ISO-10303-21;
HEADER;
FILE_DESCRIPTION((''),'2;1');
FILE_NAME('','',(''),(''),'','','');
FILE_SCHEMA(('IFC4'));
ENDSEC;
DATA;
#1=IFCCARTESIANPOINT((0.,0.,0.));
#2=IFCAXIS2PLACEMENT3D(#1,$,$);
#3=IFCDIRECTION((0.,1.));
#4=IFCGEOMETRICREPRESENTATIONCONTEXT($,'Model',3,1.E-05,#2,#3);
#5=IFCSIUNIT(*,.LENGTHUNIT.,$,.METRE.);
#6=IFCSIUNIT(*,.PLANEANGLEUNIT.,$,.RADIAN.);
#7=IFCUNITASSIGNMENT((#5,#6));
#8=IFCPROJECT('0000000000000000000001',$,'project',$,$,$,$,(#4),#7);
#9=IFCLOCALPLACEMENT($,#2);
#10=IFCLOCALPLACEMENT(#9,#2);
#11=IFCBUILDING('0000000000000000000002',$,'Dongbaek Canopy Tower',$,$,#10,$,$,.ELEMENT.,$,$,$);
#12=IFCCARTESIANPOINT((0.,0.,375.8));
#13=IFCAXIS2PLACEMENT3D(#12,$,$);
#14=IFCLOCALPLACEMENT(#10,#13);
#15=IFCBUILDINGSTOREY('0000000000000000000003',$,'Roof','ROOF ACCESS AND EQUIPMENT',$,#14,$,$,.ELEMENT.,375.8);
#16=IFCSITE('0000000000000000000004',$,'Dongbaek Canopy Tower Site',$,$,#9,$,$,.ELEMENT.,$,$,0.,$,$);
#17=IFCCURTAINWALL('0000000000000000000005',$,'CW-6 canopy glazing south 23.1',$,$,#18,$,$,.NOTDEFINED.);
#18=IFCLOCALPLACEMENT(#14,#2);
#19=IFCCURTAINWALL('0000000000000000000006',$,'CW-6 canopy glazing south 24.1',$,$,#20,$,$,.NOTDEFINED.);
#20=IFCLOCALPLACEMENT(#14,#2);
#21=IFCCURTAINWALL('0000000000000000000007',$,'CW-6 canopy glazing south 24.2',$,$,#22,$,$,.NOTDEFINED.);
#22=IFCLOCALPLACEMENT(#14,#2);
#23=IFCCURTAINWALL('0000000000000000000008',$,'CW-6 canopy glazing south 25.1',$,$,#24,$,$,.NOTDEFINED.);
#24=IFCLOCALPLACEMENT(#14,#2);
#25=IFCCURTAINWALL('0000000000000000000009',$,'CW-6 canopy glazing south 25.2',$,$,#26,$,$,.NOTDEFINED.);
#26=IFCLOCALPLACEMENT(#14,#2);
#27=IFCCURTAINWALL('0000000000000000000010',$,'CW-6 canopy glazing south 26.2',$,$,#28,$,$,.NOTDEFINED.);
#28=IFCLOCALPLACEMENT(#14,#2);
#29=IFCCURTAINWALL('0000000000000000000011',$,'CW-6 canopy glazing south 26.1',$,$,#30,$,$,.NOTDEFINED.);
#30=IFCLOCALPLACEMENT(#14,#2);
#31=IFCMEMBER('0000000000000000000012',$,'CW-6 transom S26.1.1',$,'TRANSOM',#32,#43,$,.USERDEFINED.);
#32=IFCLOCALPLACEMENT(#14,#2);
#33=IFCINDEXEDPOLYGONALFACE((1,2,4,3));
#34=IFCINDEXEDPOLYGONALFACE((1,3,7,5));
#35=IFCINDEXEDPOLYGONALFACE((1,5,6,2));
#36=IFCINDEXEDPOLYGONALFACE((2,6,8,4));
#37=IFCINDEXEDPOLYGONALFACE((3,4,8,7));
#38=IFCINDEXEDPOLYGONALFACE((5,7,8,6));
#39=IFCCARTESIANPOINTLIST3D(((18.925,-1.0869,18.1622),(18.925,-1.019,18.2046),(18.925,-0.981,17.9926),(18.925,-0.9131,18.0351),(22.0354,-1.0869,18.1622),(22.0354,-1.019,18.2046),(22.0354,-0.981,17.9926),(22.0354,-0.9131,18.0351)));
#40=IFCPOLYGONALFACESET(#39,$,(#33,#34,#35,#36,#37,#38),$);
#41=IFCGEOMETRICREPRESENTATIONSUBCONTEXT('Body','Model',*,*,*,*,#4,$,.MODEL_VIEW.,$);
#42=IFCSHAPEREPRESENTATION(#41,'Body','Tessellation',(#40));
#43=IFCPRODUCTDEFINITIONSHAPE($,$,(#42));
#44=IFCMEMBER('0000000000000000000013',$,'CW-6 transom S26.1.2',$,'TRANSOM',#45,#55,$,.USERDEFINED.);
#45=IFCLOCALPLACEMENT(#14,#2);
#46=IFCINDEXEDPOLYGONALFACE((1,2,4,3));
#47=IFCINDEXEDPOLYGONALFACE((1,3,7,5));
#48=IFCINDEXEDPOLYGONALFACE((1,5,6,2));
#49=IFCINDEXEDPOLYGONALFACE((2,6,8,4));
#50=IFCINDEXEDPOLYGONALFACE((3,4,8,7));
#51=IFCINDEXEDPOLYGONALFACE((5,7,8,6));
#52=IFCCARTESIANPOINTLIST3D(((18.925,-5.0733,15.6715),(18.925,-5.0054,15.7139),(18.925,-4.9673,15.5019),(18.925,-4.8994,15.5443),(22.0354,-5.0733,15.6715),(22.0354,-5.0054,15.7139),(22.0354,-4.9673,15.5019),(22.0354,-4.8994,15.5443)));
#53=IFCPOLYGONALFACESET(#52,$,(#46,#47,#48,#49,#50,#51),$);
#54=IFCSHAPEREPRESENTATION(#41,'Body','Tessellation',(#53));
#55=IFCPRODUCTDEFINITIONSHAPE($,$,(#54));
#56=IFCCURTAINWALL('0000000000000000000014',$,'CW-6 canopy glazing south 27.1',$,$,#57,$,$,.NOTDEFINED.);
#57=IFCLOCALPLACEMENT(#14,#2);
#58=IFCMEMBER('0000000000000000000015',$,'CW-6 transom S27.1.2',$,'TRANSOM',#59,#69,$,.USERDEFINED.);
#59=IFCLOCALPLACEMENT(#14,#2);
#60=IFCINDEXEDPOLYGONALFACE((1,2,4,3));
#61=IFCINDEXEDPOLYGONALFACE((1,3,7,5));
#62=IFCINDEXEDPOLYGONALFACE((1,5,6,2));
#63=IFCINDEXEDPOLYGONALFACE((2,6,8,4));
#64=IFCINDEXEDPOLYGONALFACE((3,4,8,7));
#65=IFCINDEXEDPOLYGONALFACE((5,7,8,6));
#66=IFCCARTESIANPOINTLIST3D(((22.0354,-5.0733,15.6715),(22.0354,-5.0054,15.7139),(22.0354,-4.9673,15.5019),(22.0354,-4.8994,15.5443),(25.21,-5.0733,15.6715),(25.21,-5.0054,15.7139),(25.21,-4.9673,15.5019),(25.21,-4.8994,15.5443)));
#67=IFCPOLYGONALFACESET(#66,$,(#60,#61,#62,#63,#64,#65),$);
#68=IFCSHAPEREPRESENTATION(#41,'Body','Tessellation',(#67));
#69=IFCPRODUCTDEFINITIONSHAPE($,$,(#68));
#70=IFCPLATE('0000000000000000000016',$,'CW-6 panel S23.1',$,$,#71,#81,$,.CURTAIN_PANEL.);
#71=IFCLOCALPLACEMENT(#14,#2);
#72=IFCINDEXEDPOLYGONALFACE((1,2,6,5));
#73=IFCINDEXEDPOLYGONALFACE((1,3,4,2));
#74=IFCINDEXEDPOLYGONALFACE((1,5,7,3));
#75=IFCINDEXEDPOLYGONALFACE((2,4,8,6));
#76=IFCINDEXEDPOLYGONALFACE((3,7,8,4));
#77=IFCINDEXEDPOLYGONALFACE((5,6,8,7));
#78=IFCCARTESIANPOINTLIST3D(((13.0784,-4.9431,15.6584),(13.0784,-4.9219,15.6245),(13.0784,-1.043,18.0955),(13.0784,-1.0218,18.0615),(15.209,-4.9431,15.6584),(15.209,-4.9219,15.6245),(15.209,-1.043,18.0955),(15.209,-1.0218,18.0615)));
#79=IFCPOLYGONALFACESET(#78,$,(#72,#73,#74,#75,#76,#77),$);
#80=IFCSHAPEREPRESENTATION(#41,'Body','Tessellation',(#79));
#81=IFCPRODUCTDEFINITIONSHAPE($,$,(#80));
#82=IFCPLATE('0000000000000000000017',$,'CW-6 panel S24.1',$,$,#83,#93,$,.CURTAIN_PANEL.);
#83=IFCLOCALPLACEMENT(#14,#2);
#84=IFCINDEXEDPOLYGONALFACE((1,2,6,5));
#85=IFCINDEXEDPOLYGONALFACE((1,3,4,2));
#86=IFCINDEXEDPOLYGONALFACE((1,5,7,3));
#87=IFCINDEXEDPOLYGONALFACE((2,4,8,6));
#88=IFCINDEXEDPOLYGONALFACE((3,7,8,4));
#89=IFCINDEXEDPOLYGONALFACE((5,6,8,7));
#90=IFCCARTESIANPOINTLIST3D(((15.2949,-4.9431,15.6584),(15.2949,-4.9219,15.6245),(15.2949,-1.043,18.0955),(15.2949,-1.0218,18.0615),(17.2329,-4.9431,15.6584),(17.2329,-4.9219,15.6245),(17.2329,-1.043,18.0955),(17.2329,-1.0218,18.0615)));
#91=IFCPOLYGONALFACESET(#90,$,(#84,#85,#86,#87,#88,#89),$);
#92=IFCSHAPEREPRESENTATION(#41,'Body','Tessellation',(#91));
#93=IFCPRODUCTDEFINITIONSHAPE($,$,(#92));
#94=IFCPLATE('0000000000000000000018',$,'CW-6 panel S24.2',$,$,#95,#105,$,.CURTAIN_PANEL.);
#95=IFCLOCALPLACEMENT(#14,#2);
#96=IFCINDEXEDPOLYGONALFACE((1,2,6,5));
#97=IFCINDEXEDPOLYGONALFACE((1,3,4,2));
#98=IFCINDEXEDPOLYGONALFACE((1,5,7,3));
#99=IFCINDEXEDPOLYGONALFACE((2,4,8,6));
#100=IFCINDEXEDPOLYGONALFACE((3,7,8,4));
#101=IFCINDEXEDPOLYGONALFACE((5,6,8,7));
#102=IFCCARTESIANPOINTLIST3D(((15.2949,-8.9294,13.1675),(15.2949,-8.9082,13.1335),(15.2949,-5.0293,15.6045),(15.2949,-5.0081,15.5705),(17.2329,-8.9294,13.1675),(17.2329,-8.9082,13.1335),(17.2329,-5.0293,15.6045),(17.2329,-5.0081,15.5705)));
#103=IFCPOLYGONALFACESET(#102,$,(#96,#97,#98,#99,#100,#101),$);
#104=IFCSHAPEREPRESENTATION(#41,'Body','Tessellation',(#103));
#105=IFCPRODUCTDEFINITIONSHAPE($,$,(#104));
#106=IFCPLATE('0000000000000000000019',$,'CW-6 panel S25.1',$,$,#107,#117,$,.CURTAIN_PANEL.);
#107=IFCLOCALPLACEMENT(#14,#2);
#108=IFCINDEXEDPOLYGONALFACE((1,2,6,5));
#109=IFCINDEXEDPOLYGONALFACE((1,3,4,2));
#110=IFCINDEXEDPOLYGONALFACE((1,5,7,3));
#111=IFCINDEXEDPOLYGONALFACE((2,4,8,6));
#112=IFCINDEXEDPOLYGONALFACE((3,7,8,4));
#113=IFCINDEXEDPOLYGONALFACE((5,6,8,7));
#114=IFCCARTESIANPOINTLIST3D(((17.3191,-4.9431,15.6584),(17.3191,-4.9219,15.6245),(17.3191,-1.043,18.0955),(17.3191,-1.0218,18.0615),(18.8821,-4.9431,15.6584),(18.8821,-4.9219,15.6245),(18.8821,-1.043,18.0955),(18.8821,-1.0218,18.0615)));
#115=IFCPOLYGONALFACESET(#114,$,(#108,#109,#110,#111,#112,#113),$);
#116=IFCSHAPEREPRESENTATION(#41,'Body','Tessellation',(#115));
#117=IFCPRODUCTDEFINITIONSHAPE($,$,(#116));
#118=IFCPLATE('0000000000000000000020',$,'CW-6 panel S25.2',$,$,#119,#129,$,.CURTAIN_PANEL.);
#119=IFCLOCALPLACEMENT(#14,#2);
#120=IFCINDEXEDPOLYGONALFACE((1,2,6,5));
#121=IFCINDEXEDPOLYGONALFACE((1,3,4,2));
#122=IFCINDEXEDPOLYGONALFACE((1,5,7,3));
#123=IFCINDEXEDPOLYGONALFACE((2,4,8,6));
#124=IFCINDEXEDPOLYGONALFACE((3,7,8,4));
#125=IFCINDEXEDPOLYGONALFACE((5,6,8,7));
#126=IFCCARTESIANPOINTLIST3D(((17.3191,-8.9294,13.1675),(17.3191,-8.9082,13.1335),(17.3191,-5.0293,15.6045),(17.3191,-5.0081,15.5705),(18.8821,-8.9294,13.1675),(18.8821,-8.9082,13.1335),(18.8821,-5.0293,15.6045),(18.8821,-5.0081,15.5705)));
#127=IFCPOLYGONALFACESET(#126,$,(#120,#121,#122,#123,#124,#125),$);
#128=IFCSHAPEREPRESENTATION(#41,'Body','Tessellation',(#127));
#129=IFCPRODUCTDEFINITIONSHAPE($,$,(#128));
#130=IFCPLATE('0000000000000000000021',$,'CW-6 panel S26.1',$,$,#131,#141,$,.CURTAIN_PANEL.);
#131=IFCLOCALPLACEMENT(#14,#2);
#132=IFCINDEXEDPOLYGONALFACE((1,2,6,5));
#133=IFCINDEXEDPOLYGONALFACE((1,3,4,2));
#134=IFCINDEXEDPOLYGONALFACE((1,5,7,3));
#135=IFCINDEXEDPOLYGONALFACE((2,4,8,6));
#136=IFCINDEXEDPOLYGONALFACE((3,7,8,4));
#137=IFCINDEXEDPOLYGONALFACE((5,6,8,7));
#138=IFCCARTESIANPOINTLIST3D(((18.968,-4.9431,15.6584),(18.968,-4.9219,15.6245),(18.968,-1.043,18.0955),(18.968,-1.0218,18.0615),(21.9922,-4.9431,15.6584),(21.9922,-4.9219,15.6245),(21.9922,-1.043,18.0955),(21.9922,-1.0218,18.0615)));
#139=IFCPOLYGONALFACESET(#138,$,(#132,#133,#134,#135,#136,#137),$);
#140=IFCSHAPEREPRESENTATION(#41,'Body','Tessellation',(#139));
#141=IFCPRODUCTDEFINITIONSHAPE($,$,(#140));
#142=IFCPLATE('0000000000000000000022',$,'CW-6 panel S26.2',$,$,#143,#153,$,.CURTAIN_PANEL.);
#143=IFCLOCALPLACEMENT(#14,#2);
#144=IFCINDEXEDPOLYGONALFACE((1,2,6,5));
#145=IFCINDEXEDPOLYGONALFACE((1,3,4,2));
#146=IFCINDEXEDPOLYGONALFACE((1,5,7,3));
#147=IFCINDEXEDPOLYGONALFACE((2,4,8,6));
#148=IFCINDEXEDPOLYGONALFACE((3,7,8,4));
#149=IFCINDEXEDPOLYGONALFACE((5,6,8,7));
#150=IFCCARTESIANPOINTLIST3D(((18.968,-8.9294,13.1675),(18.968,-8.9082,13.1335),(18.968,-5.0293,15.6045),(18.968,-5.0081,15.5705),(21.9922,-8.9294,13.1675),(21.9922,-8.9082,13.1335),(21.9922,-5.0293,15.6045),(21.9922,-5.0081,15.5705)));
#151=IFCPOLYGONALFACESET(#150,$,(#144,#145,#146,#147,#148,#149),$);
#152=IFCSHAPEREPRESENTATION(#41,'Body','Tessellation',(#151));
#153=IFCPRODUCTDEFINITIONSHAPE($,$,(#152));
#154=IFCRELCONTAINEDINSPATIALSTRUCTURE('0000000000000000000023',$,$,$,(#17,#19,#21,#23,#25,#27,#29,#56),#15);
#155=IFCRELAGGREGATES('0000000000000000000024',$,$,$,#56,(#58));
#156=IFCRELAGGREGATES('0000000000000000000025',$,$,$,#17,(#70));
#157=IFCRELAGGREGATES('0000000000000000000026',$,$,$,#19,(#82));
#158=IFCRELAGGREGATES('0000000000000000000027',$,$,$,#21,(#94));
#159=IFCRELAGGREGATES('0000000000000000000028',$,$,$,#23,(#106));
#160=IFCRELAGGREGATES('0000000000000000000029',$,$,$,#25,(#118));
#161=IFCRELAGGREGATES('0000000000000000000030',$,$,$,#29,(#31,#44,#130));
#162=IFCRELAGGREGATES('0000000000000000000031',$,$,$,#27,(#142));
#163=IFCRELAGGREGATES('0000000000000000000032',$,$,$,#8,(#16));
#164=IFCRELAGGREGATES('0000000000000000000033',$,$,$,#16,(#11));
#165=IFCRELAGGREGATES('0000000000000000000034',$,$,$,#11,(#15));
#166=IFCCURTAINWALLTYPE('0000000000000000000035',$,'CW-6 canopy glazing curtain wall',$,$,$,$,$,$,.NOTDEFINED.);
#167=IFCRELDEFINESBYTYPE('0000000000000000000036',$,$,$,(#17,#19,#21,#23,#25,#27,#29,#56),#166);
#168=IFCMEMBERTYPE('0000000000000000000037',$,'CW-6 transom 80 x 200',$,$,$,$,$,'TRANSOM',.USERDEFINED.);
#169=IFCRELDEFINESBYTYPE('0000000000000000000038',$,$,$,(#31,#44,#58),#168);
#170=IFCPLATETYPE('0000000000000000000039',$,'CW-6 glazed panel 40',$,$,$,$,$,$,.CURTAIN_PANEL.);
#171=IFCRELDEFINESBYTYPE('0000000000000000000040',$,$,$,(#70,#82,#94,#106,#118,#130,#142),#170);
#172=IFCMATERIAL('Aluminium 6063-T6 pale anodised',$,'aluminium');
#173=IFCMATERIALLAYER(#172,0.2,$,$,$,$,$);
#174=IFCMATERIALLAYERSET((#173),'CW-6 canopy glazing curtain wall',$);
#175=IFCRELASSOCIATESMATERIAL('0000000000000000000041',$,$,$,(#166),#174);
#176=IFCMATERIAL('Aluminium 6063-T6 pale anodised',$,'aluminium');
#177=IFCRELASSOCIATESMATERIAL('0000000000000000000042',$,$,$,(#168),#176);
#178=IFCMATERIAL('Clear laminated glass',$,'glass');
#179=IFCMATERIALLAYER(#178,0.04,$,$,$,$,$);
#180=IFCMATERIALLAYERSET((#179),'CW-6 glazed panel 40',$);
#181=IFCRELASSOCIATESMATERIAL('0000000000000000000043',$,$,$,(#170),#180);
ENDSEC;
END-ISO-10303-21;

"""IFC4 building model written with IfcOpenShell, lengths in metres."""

from ifc_helpers import new_model, si_unit, direction, frame, origin, origin_2d, place, context, subcontext, project, spatial, polyline, rectangle, outline, extrude, material, layer, layer_set, material_profile, profile_set, type_object, element, aggregate, save


model = new_model("IFC4")

# Units and contexts
model_context = context("Model", 3, precision=1e-05, world=origin(), true_north=direction((0.0, 1.0)))
body_context = subcontext(model_context, "Body", "Model", "MODEL_VIEW")
ifc_project = project(units=[si_unit("LENGTHUNIT", "METRE"), si_unit("PLANEANGLEUNIT", "RADIAN")], contexts=[model_context])

# Site, building, storey
site_placement = place(None, origin())
site = spatial("IfcSite", under=ifc_project, at=site_placement, Name="Dongbaek Canopy Tower Site", CompositionType="ELEMENT", RefElevation=0.0)
building_placement = place(site_placement, origin())
building = spatial("IfcBuilding", under=site, at=building_placement, Name="Dongbaek Canopy Tower", CompositionType="ELEMENT")
storey_placement = place(building_placement, frame((0.0, 0.0, 375.8)))
storey = spatial("IfcBuildingStorey", under=building, at=storey_placement, Name="Roof", Description="ROOF ACCESS AND EQUIPMENT", CompositionType="ELEMENT", Elevation=375.8)

# Curtain walls
ifc_material_1 = material(Name="Aluminium 6063-T6 pale anodised", Category="aluminium")
ifc_layer_1 = layer(ifc_material_1, 0.2)
ifc_layer_set_1 = layer_set([ifc_layer_1], Name="CW-6 canopy glazing curtain wall")
curtain_wall_type = type_object("IfcCurtainWallType", Name="CW-6 canopy glazing curtain wall", PredefinedType="NOTDEFINED", material=ifc_layer_set_1)
curtain_wall_1_placement = place(storey_placement, origin())
curtain_wall_1 = element("IfcCurtainWall", 1, at=curtain_wall_1_placement, inside=storey, type_object=curtain_wall_type, Name="CW-6 canopy glazing south 23.1", PredefinedType="NOTDEFINED")
curtain_wall_2_placement = place(storey_placement, origin())
curtain_wall_2 = element("IfcCurtainWall", 2, at=curtain_wall_2_placement, inside=storey, type_object=curtain_wall_type, Name="CW-6 canopy glazing south 24.1", PredefinedType="NOTDEFINED")
curtain_wall_3_placement = place(storey_placement, origin())
curtain_wall_3 = element("IfcCurtainWall", 3, at=curtain_wall_3_placement, inside=storey, type_object=curtain_wall_type, Name="CW-6 canopy glazing south 24.2", PredefinedType="NOTDEFINED")
curtain_wall_4_placement = place(storey_placement, origin())
curtain_wall_4 = element("IfcCurtainWall", 4, at=curtain_wall_4_placement, inside=storey, type_object=curtain_wall_type, Name="CW-6 canopy glazing south 25.1", PredefinedType="NOTDEFINED")
curtain_wall_5_placement = place(storey_placement, origin())
curtain_wall_5 = element("IfcCurtainWall", 5, at=curtain_wall_5_placement, inside=storey, type_object=curtain_wall_type, Name="CW-6 canopy glazing south 25.2", PredefinedType="NOTDEFINED")
curtain_wall_6_placement = place(storey_placement, origin())
curtain_wall_6 = element("IfcCurtainWall", 6, at=curtain_wall_6_placement, inside=storey, type_object=curtain_wall_type, Name="CW-6 canopy glazing south 26.2", PredefinedType="NOTDEFINED")

# Shared definitions
ifc_material_2 = material(Name="Aluminium 6063-T6 pale anodised", Category="aluminium")
ifc_material_profile_1 = material_profile(ifc_material_2, rectangle(XDim=0.0801, YDim=0.2, at=origin_2d()), Name="CW-6 transom 80 x 200")
ifc_profile_set_1 = profile_set([ifc_material_profile_1], Name="Aluminium 6063-T6 pale anodised")
member_type_1 = type_object("IfcMemberType", Name="CW-6 transom 80 x 200", ElementType="TRANSOM", PredefinedType="USERDEFINED", material=ifc_profile_set_1)

# Curtain wall, members
curtain_wall_7_placement = place(storey_placement, origin())
curtain_wall_7 = element("IfcCurtainWall", 7, at=curtain_wall_7_placement, inside=storey, type_object=curtain_wall_type, Name="CW-6 canopy glazing south 26.1", PredefinedType="NOTDEFINED")
member_1_placement = place(storey_placement, frame((18.925, -1.0, 18.0986), z_axis=(1.0, 0.0, 0.0), x_axis=(0.0, 0.848048, 0.529919)))
member_1 = element("IfcMember", 8, at=member_1_placement, type_object=member_type_1, Name="CW-6 transom S26.1.1", ObjectType="TRANSOM", PredefinedType="USERDEFINED", context=body_context, shape_type="SweptSolid", body=[
    extrude(rectangle(XDim=0.0801, YDim=0.2, at=origin_2d()), origin(), (0.0, 0.0, 1.0), 3.1104),
])
member_2_placement = place(storey_placement, frame((18.925, -4.9863, 15.6079), z_axis=(1.0, 0.0, 0.0), x_axis=(0.0, 0.848048, 0.529919)))
member_2 = element("IfcMember", 9, at=member_2_placement, type_object=member_type_1, Name="CW-6 transom S26.1.2", ObjectType="TRANSOM", PredefinedType="USERDEFINED", context=body_context, shape_type="SweptSolid", body=[
    extrude(rectangle(XDim=0.0801, YDim=0.2, at=origin_2d()), origin(), (0.0, 0.0, 1.0), 3.1104),
])

# Curtain wall, member
curtain_wall_8_placement = place(storey_placement, origin())
curtain_wall_8 = element("IfcCurtainWall", 10, at=curtain_wall_8_placement, inside=storey, type_object=curtain_wall_type, Name="CW-6 canopy glazing south 27.1", PredefinedType="NOTDEFINED")
member_3_placement = place(storey_placement, frame((22.0354, -4.9863, 15.6079), z_axis=(1.0, 0.0, 0.0), x_axis=(0.0, 0.848048, 0.529919)))
member_3 = element("IfcMember", 11, at=member_3_placement, type_object=member_type_1, Name="CW-6 transom S27.1.2", ObjectType="TRANSOM", PredefinedType="USERDEFINED", context=body_context, shape_type="SweptSolid", body=[
    extrude(rectangle(XDim=0.0801, YDim=0.2, at=origin_2d()), origin(), (0.0, 0.0, 1.0), 3.1746),
])
aggregate(curtain_wall_8, [member_3])

# Plates
ifc_material_3 = material(Name="Clear laminated glass", Category="glass")
ifc_layer_2 = layer(ifc_material_3, 0.04)
ifc_layer_set_2 = layer_set([ifc_layer_2], Name="CW-6 glazed panel 40")
plate_type = type_object("IfcPlateType", Name="CW-6 glazed panel 40", PredefinedType="CURTAIN_PANEL", material=ifc_layer_set_2)
plate_1_placement = place(storey_placement, frame((15.209, -4.9431, 15.6584), z_axis=(0.0, -0.529908, 0.848055), x_axis=(-1.0, 0.0, 0.0)))
plate_1 = element("IfcPlate", 12, at=plate_1_placement, type_object=plate_type, Name="CW-6 panel S23.1", PredefinedType="CURTAIN_PANEL", context=body_context, shape_type="SweptSolid", body=[
    extrude(outline(polyline([(0.0, 0.0), (2.1306, 0.0), (2.1306, -4.5989), (0.0, -4.5989), (0.0, 0.0)])), origin(), (0.0, 0.0, -1.0), 0.04),
])
aggregate(curtain_wall_1, [plate_1])
plate_2_placement = place(storey_placement, frame((17.2329, -4.9431, 15.6584), z_axis=(0.0, -0.529908, 0.848055), x_axis=(-1.0, 0.0, 0.0)))
plate_2 = element("IfcPlate", 13, at=plate_2_placement, type_object=plate_type, Name="CW-6 panel S24.1", PredefinedType="CURTAIN_PANEL", context=body_context, shape_type="SweptSolid", body=[
    extrude(outline(polyline([(0.0, 0.0), (1.938, 0.0), (1.938, -4.5989), (0.0, -4.5989), (0.0, 0.0)])), origin(), (0.0, 0.0, -1.0), 0.04),
])
aggregate(curtain_wall_2, [plate_2])
plate_3_placement = place(storey_placement, frame((17.2329, -8.9294, 13.1675), z_axis=(0.0, -0.529908, 0.848055), x_axis=(-1.0, 0.0, 0.0)))
plate_3 = element("IfcPlate", 14, at=plate_3_placement, type_object=plate_type, Name="CW-6 panel S24.2", PredefinedType="CURTAIN_PANEL", context=body_context, shape_type="SweptSolid", body=[
    extrude(outline(polyline([(0.0, 0.0), (1.938, 0.0), (1.938, -4.5989), (0.0, -4.5989), (0.0, 0.0)])), origin(), (0.0, 0.0, -1.0), 0.04),
])
aggregate(curtain_wall_3, [plate_3])
plate_4_placement = place(storey_placement, frame((18.8821, -4.9431, 15.6584), z_axis=(0.0, -0.529908, 0.848055), x_axis=(-1.0, 0.0, 0.0)))
plate_4 = element("IfcPlate", 15, at=plate_4_placement, type_object=plate_type, Name="CW-6 panel S25.1", PredefinedType="CURTAIN_PANEL", context=body_context, shape_type="SweptSolid", body=[
    extrude(outline(polyline([(0.0, 0.0), (1.563, 0.0), (1.563, -4.5989), (0.0, -4.5989), (0.0, 0.0)])), origin(), (0.0, 0.0, -1.0), 0.04),
])
aggregate(curtain_wall_4, [plate_4])
plate_5_placement = place(storey_placement, frame((18.8821, -8.9294, 13.1675), z_axis=(0.0, -0.529908, 0.848055), x_axis=(-1.0, 0.0, 0.0)))
plate_5 = element("IfcPlate", 16, at=plate_5_placement, type_object=plate_type, Name="CW-6 panel S25.2", PredefinedType="CURTAIN_PANEL", context=body_context, shape_type="SweptSolid", body=[
    extrude(outline(polyline([(0.0, 0.0), (1.563, 0.0), (1.563, -4.5989), (0.0, -4.5989), (0.0, 0.0)])), origin(), (0.0, 0.0, -1.0), 0.04),
])
aggregate(curtain_wall_5, [plate_5])
plate_6_placement = place(storey_placement, frame((21.9922, -4.9431, 15.6584), z_axis=(0.0, -0.529908, 0.848055), x_axis=(-1.0, 0.0, 0.0)))
plate_6 = element("IfcPlate", 17, at=plate_6_placement, type_object=plate_type, Name="CW-6 panel S26.1", PredefinedType="CURTAIN_PANEL", context=body_context, shape_type="SweptSolid", body=[
    extrude(outline(polyline([(0.0, 0.0), (3.0242, 0.0), (3.0242, -4.5989), (0.0, -4.5989), (0.0, 0.0)])), origin(), (0.0, 0.0, -1.0), 0.04),
])
aggregate(curtain_wall_7, [member_1, member_2, plate_6])
plate_7_placement = place(storey_placement, frame((21.9922, -8.9294, 13.1675), z_axis=(0.0, -0.529908, 0.848055), x_axis=(-1.0, 0.0, 0.0)))
plate_7 = element("IfcPlate", 18, at=plate_7_placement, type_object=plate_type, Name="CW-6 panel S26.2", PredefinedType="CURTAIN_PANEL", context=body_context, shape_type="SweptSolid", body=[
    extrude(outline(polyline([(0.0, 0.0), (3.0242, 0.0), (3.0242, -4.5989), (0.0, -4.5989), (0.0, 0.0)])), origin(), (0.0, 0.0, -1.0), 0.04),
])
aggregate(curtain_wall_6, [plate_7])

save(model, "model.ifc")
